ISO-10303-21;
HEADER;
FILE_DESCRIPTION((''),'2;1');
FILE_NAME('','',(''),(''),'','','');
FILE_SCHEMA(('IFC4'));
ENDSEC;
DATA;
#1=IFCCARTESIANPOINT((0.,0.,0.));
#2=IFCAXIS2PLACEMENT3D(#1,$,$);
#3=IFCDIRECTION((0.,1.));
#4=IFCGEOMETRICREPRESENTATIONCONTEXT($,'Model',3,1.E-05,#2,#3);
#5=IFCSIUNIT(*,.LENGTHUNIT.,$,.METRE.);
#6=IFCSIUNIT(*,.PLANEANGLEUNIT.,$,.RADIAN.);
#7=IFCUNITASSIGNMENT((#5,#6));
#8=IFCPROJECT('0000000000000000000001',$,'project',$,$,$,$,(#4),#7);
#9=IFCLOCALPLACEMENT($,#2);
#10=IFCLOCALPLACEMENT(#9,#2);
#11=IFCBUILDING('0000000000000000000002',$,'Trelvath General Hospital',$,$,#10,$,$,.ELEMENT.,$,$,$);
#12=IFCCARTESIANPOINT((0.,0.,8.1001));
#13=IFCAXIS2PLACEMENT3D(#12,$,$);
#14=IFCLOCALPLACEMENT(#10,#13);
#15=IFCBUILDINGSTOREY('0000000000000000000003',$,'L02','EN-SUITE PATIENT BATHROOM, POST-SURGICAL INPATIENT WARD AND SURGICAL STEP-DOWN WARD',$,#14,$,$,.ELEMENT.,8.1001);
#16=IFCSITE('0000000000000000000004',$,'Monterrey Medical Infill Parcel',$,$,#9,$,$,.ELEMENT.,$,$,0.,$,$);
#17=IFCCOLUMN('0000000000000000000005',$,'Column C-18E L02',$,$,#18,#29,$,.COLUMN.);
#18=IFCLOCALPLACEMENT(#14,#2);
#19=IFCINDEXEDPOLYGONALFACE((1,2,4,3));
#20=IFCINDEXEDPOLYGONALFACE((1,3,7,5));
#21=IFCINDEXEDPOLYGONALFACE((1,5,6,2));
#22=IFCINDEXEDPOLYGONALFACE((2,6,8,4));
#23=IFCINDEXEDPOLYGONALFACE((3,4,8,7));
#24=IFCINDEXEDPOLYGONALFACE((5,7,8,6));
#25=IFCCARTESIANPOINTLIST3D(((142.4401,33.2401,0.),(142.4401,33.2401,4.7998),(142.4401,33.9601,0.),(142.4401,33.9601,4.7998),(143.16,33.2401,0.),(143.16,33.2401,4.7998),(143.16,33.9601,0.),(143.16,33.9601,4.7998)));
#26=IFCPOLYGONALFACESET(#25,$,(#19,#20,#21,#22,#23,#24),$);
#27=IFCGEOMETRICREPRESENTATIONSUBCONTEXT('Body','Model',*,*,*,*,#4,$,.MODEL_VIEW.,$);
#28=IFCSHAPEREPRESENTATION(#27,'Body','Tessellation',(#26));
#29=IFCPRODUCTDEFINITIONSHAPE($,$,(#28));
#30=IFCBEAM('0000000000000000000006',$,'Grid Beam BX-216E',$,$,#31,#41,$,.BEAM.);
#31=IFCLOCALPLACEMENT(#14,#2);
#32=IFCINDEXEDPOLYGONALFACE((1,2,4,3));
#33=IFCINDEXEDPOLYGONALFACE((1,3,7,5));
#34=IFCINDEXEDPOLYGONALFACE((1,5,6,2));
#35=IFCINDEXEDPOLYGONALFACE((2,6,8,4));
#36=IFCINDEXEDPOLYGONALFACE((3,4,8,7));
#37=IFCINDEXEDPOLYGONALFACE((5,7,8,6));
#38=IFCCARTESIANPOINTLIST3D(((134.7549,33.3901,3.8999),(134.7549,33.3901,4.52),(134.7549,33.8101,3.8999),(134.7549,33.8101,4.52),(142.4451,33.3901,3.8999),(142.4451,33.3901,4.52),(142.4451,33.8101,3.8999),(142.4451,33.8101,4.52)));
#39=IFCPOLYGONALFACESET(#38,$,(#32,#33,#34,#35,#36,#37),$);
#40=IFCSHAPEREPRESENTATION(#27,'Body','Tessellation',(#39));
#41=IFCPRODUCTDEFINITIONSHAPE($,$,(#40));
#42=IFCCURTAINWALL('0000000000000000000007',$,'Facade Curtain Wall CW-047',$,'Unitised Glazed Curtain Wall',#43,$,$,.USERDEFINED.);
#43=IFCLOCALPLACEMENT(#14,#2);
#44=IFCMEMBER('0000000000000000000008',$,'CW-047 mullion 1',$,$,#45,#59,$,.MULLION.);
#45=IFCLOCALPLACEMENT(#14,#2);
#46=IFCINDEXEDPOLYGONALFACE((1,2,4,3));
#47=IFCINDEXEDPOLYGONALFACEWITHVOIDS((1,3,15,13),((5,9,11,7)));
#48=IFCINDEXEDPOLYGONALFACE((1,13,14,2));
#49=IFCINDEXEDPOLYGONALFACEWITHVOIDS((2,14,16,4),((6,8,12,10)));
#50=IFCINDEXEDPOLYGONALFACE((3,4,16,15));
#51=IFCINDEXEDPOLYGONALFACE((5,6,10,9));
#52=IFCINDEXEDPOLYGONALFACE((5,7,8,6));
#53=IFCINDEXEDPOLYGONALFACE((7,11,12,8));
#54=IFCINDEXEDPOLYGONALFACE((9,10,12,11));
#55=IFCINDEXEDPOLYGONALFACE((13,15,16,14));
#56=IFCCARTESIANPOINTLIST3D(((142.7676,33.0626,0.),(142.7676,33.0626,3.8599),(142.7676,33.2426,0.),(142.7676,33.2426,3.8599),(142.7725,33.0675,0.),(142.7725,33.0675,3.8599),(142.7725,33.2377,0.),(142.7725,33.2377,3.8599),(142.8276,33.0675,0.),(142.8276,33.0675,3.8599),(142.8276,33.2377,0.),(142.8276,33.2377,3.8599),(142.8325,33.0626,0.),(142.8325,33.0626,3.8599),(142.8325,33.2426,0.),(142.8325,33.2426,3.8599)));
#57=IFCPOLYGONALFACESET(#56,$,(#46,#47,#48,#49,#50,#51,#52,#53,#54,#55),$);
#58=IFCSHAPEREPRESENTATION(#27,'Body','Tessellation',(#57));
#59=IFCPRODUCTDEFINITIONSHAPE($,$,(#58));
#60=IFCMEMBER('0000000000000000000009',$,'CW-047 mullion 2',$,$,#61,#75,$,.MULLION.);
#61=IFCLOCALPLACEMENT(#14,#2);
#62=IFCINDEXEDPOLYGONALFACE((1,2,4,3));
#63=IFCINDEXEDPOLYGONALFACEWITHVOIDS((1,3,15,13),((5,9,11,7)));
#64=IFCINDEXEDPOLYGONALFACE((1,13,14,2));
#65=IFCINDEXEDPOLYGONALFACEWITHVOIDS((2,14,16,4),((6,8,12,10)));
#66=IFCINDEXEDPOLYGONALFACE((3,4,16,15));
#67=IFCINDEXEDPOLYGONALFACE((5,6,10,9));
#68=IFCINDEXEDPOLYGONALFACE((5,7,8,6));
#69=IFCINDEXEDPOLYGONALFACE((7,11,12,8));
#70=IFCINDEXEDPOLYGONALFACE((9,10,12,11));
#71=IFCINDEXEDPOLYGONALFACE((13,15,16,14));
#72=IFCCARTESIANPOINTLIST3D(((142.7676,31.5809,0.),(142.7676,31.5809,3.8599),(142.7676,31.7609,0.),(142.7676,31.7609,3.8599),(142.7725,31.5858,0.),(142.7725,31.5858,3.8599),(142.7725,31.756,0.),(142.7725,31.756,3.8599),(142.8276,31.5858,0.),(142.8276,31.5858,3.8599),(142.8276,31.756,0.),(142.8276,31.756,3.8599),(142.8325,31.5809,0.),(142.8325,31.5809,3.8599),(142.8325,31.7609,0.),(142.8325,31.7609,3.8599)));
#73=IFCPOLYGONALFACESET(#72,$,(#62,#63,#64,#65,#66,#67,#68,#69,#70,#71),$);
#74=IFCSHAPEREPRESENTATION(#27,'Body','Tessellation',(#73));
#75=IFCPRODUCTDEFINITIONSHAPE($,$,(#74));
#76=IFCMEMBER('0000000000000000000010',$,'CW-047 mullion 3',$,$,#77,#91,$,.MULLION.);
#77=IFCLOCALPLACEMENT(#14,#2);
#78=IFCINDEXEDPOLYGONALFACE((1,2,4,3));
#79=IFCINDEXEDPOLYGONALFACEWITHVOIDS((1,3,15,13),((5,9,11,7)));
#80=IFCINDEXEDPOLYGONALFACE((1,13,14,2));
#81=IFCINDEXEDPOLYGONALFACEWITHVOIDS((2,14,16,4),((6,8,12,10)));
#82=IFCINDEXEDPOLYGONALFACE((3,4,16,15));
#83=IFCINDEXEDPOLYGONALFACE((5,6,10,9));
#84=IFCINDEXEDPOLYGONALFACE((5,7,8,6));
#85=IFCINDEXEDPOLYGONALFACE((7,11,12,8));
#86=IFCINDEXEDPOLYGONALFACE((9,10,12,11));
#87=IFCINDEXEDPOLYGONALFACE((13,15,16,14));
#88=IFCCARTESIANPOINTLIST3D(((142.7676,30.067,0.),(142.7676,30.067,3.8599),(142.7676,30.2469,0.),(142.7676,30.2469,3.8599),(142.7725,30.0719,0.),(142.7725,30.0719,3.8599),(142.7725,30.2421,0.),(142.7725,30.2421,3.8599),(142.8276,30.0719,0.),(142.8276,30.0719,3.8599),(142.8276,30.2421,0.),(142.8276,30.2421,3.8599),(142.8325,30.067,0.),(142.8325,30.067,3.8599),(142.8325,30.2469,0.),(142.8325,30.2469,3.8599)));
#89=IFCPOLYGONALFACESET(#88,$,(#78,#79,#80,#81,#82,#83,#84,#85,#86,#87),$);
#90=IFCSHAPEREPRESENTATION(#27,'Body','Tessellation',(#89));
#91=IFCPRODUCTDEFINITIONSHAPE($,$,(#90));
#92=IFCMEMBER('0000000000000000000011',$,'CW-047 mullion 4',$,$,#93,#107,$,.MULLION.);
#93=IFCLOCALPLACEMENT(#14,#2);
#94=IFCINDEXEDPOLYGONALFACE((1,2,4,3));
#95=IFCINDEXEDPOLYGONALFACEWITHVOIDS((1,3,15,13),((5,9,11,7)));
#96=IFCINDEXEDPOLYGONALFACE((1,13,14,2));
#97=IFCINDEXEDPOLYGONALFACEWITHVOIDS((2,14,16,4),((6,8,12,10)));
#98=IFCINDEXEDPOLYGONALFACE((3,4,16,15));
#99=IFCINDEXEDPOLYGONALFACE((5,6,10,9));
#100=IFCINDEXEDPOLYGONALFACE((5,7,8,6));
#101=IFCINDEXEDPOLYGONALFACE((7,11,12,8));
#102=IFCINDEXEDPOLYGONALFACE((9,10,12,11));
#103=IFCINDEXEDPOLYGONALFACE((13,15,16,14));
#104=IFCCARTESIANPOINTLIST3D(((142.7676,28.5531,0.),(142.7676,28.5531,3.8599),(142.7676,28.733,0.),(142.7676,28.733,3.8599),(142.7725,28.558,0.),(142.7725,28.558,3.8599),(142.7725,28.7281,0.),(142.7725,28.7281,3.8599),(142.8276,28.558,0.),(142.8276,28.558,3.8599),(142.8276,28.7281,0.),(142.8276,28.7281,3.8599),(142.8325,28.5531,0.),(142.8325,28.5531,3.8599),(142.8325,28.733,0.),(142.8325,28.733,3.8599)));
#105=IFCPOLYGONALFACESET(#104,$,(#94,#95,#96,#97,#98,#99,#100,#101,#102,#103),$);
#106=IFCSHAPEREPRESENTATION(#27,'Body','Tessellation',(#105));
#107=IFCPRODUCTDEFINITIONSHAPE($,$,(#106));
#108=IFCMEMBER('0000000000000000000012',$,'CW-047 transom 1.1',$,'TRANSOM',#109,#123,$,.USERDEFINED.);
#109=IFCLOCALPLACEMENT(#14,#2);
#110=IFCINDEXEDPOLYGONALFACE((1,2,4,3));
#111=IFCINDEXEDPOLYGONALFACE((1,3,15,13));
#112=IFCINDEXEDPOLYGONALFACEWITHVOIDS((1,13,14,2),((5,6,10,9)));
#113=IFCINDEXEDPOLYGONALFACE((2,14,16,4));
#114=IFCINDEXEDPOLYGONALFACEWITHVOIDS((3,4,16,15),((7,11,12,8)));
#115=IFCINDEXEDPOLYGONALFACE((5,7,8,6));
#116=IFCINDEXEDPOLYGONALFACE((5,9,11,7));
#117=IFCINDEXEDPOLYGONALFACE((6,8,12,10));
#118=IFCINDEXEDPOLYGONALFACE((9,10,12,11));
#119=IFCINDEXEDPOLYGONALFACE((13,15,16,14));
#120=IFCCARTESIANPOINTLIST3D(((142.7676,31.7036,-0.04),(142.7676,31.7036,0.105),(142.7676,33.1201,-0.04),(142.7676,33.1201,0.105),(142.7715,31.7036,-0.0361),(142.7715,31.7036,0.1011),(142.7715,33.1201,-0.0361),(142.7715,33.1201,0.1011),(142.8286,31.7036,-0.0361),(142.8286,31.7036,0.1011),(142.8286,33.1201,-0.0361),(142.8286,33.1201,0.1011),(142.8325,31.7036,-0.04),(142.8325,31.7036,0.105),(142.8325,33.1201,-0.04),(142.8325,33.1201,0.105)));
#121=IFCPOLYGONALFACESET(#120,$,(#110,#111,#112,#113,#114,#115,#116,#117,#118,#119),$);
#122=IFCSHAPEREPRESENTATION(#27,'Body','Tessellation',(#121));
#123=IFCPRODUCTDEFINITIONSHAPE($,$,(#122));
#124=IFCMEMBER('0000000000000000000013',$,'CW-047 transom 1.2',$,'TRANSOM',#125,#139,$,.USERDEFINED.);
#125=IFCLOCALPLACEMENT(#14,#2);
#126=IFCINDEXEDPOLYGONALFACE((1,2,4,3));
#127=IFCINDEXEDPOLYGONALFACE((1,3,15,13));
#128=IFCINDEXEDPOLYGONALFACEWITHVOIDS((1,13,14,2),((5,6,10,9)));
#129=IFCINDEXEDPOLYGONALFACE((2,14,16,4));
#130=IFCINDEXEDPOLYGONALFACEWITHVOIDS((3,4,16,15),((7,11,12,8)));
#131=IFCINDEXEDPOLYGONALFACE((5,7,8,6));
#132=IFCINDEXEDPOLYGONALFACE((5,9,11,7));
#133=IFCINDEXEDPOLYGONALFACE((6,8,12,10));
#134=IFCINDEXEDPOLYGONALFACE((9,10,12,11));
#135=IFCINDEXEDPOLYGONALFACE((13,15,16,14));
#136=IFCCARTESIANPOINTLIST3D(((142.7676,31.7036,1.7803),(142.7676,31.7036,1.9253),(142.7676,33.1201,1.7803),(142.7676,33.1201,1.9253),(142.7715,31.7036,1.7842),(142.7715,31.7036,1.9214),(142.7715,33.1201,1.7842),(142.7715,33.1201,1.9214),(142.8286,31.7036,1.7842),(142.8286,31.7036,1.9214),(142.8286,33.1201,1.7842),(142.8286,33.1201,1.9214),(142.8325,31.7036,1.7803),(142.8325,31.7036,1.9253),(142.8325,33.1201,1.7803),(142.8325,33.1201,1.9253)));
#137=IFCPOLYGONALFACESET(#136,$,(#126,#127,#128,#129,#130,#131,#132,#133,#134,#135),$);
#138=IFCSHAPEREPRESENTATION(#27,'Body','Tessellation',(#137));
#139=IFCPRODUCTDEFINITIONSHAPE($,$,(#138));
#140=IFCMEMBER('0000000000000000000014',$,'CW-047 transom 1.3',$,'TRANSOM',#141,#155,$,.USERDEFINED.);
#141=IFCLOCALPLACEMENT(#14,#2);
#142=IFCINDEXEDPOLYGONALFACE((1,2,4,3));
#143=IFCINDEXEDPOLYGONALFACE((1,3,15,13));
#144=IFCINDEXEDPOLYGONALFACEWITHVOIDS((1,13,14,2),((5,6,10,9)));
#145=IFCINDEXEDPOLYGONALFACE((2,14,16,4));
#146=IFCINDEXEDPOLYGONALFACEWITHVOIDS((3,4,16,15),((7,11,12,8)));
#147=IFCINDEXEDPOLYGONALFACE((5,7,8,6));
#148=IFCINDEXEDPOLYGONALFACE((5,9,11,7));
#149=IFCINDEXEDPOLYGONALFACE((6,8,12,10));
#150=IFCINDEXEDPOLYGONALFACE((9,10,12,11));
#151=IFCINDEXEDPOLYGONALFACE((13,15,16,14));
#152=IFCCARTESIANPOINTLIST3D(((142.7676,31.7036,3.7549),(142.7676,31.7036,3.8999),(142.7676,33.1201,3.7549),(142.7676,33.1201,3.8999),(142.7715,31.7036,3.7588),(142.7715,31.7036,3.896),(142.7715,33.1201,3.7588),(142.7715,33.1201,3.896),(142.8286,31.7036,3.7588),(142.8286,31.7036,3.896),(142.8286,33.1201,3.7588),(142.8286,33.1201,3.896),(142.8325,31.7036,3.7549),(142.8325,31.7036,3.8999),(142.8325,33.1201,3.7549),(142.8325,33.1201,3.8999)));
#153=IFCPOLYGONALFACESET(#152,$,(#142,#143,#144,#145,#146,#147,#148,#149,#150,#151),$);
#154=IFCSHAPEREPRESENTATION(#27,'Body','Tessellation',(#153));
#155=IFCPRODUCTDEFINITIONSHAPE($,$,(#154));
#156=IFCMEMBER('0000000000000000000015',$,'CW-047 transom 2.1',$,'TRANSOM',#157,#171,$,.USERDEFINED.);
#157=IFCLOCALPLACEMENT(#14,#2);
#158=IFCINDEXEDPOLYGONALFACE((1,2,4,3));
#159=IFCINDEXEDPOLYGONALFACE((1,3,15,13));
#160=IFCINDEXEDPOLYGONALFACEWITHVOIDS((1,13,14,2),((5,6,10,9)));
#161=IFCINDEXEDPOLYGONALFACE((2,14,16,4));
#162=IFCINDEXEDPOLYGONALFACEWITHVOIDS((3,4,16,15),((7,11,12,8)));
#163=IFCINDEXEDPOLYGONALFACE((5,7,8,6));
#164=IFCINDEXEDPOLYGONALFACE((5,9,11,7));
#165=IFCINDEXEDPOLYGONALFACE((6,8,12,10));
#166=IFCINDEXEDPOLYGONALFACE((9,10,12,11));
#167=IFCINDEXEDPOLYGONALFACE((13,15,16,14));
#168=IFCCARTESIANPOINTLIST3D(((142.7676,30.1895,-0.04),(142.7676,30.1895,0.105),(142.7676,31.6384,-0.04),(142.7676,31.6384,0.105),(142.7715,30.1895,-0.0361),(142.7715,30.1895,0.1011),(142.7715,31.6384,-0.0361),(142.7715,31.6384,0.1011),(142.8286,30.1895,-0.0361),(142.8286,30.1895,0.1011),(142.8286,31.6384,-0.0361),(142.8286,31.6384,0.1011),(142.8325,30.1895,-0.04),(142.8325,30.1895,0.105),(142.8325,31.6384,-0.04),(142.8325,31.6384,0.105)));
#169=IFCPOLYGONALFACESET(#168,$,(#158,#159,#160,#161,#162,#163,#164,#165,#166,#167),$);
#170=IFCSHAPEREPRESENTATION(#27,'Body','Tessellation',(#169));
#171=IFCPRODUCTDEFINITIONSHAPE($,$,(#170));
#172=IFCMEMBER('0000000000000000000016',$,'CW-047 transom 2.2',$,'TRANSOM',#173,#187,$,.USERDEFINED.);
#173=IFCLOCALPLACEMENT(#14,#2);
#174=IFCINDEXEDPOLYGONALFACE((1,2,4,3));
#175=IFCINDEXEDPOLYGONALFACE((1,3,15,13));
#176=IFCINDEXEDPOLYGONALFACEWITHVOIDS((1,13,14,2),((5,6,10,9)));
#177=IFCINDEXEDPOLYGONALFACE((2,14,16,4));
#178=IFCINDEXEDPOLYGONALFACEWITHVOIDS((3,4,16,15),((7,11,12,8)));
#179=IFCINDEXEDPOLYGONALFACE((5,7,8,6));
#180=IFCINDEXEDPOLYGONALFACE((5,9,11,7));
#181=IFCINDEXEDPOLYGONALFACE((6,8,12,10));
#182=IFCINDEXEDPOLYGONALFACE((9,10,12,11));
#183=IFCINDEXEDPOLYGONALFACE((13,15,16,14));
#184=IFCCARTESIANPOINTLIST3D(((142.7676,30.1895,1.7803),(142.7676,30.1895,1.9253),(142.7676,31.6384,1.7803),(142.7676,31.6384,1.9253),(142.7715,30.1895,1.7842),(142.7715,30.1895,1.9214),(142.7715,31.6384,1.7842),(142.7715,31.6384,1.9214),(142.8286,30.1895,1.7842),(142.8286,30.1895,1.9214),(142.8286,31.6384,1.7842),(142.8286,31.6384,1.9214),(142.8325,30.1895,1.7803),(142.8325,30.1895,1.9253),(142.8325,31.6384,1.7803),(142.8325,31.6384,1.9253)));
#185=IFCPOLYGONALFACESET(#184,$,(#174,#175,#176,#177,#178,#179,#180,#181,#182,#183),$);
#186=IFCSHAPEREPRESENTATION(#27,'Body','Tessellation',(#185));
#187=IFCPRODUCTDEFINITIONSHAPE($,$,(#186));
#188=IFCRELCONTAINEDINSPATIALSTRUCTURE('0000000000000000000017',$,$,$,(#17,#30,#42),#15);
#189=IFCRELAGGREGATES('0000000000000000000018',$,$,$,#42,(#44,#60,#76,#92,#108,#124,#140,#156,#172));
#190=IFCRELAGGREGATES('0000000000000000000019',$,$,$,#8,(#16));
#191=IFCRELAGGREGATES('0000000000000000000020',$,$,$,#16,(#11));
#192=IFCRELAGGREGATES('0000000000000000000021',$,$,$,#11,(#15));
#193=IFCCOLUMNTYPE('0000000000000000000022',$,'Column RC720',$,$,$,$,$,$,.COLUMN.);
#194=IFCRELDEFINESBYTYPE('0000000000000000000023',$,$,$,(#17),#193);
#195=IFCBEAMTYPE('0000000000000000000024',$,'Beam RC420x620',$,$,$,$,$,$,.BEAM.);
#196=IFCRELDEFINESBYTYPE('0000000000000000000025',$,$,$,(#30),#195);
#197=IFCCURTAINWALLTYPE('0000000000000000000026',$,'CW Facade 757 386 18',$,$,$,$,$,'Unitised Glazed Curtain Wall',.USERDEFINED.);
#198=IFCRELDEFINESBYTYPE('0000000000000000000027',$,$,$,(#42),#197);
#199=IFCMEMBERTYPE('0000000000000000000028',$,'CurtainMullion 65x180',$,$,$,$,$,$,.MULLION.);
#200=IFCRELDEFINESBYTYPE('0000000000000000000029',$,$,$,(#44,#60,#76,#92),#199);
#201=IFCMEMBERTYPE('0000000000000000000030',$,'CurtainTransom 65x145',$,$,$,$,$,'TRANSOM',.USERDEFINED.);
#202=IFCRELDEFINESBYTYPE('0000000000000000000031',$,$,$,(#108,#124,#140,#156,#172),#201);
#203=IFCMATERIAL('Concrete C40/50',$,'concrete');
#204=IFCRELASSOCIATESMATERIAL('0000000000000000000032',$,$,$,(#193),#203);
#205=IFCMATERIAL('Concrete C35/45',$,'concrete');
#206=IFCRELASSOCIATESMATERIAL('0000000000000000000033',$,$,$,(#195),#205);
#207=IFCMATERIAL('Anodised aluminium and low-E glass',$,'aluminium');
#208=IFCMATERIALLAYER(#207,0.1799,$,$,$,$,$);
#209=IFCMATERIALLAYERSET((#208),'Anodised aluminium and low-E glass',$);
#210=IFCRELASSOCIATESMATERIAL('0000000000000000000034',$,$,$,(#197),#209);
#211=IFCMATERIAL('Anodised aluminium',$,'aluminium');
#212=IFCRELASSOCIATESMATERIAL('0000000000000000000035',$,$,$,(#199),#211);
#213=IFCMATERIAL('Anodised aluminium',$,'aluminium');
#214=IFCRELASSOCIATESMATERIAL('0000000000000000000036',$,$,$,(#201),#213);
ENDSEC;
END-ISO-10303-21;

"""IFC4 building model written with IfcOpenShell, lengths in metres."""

from ifc_helpers import new_model, si_unit, direction, frame, origin, origin_2d, place, context, subcontext, project, spatial, rectangle, hollow_rectangle, extrude, material, layer, layer_set, material_profile, profile_set, type_object, element, aggregate, save


model = new_model("IFC4")

# Units and contexts
model_context = context("Model", 3, precision=1e-05, world=origin(), true_north=direction((0.0, 1.0)))
body_context = subcontext(model_context, "Body", "Model", "MODEL_VIEW")
ifc_project = project(units=[si_unit("LENGTHUNIT", "METRE"), si_unit("PLANEANGLEUNIT", "RADIAN")], contexts=[model_context])

# Site, building, storey
site_placement = place(None, origin())
site = spatial("IfcSite", under=ifc_project, at=site_placement, Name="Monterrey Medical Infill Parcel", CompositionType="ELEMENT", RefElevation=0.0)
building_placement = place(site_placement, origin())
building = spatial("IfcBuilding", under=site, at=building_placement, Name="Trelvath General Hospital", CompositionType="ELEMENT")
storey_placement = place(building_placement, frame((0.0, 0.0, 8.1001)))
storey = spatial("IfcBuildingStorey", under=building, at=storey_placement, Name="L02", Description="EN-SUITE PATIENT BATHROOM, POST-SURGICAL INPATIENT WARD AND SURGICAL STEP-DOWN WARD", CompositionType="ELEMENT", Elevation=8.1001)

# Column
ifc_material_1 = material(Name="Concrete C40/50", Category="concrete")
ifc_material_profile_1 = material_profile(ifc_material_1, rectangle(XDim=0.72, YDim=0.72, at=origin_2d()), Name="RC720x720")
ifc_profile_set_1 = profile_set([ifc_material_profile_1], Name="Concrete C40/50")
column_type = type_object("IfcColumnType", Name="Column RC720", PredefinedType="COLUMN", material=ifc_profile_set_1)
column_placement = place(storey_placement, frame((142.8, 33.6001, 0.0), z_axis=(0.0, 0.0, 1.0), x_axis=(1.0, 0.0, 0.0)))
element("IfcColumn", 1, at=column_placement, inside=storey, type_object=column_type, Name="Column C-18E L02", PredefinedType="COLUMN", context=body_context, shape_type="SweptSolid", body=[
    extrude(rectangle(XDim=0.72, YDim=0.72, at=origin_2d()), origin(), (0.0, 0.0, 1.0), 4.7998),
])

# Beam
ifc_material_2 = material(Name="Concrete C35/45", Category="concrete")
ifc_material_profile_2 = material_profile(ifc_material_2, rectangle(XDim=0.4199, YDim=0.6201, at=origin_2d()), Name="RCB420x620")
ifc_profile_set_2 = profile_set([ifc_material_profile_2], Name="Concrete C35/45")
beam_type = type_object("IfcBeamType", Name="Beam RC420x620", PredefinedType="BEAM", material=ifc_profile_set_2)
beam_placement = place(storey_placement, frame((134.7549, 33.6001, 4.21), z_axis=(1.0, 0.0, 0.0), x_axis=(0.0, 1.0, 0.0)))
element("IfcBeam", 2, at=beam_placement, inside=storey, type_object=beam_type, Name="Grid Beam BX-216E", PredefinedType="BEAM", context=body_context, shape_type="SweptSolid", body=[
    extrude(rectangle(XDim=0.4199, YDim=0.6201, at=origin_2d()), origin(), (0.0, 0.0, 1.0), 7.6902),
])

# Curtain wall, members
ifc_material_3 = material(Name="Anodised aluminium and low-E glass", Category="aluminium")
ifc_layer_1 = layer(ifc_material_3, 0.1799)
ifc_layer_set_1 = layer_set([ifc_layer_1], Name="Anodised aluminium and low-E glass")
curtain_wall_type = type_object("IfcCurtainWallType", Name="CW Facade 757 386 18", ElementType="Unitised Glazed Curtain Wall", PredefinedType="USERDEFINED", material=ifc_layer_set_1)
curtain_wall_placement = place(storey_placement, origin())
curtain_wall = element("IfcCurtainWall", 3, at=curtain_wall_placement, inside=storey, type_object=curtain_wall_type, Name="Facade Curtain Wall CW-047", ObjectType="Unitised Glazed Curtain Wall", PredefinedType="USERDEFINED")
ifc_material_4 = material(Name="Anodised aluminium", Category="aluminium")
ifc_material_profile_3 = material_profile(ifc_material_4, hollow_rectangle(XDim=0.0649, YDim=0.1799, WallThickness=0.0049, at=origin_2d()), Name="RHS65x180x5")
ifc_profile_set_3 = profile_set([ifc_material_profile_3], Name="Anodised aluminium")
member_type_1 = type_object("IfcMemberType", Name="CurtainMullion 65x180", PredefinedType="MULLION", material=ifc_profile_set_3)
member_1_placement = place(storey_placement, frame((142.8, 33.1526, 0.0), z_axis=(0.0, 0.0, 1.0), x_axis=(1.0, 0.0, 0.0)))
member_1 = element("IfcMember", 4, at=member_1_placement, type_object=member_type_1, Name="CW-047 mullion 1", PredefinedType="MULLION", context=body_context, shape_type="SweptSolid", body=[
    extrude(hollow_rectangle(XDim=0.0649, YDim=0.1799, WallThickness=0.0049, at=origin_2d()), origin(), (0.0, 0.0, 1.0), 3.8599),
])
member_2_placement = place(storey_placement, frame((142.8, 31.6709, 0.0), z_axis=(0.0, 0.0, 1.0), x_axis=(1.0, 0.0, 0.0)))
member_2 = element("IfcMember", 5, at=member_2_placement, type_object=member_type_1, Name="CW-047 mullion 2", PredefinedType="MULLION", context=body_context, shape_type="SweptSolid", body=[
    extrude(hollow_rectangle(XDim=0.0649, YDim=0.1799, WallThickness=0.0049, at=origin_2d()), origin(), (0.0, 0.0, 1.0), 3.8599),
])
member_3_placement = place(storey_placement, frame((142.8, 30.157, 0.0), z_axis=(0.0, 0.0, 1.0), x_axis=(1.0, 0.0, 0.0)))
member_3 = element("IfcMember", 6, at=member_3_placement, type_object=member_type_1, Name="CW-047 mullion 3", PredefinedType="MULLION", context=body_context, shape_type="SweptSolid", body=[
    extrude(hollow_rectangle(XDim=0.0649, YDim=0.1799, WallThickness=0.0049, at=origin_2d()), origin(), (0.0, 0.0, 1.0), 3.8599),
])
member_4_placement = place(storey_placement, frame((142.8, 28.6431, 0.0), z_axis=(0.0, 0.0, 1.0), x_axis=(1.0, 0.0, 0.0)))
member_4 = element("IfcMember", 7, at=member_4_placement, type_object=member_type_1, Name="CW-047 mullion 4", PredefinedType="MULLION", context=body_context, shape_type="SweptSolid", body=[
    extrude(hollow_rectangle(XDim=0.0649, YDim=0.1799, WallThickness=0.0049, at=origin_2d()), origin(), (0.0, 0.0, 1.0), 3.8599),
])
ifc_material_5 = material(Name="Anodised aluminium", Category="aluminium")
ifc_material_profile_4 = material_profile(ifc_material_5, hollow_rectangle(XDim=0.0649, YDim=0.145, WallThickness=0.0039, at=origin_2d()), Name="RHS65x145x4")
ifc_profile_set_4 = profile_set([ifc_material_profile_4], Name="Anodised aluminium")
member_type_2 = type_object("IfcMemberType", Name="CurtainTransom 65x145", ElementType="TRANSOM", PredefinedType="USERDEFINED", material=ifc_profile_set_4)
member_5_placement = place(storey_placement, frame((142.8, 33.1201, 0.0325), z_axis=(0.0, -1.0, 0.0), x_axis=(1.0, 0.0, 0.0)))
member_5 = element("IfcMember", 8, at=member_5_placement, type_object=member_type_2, Name="CW-047 transom 1.1", ObjectType="TRANSOM", PredefinedType="USERDEFINED", context=body_context, shape_type="SweptSolid", body=[
    extrude(hollow_rectangle(XDim=0.0649, YDim=0.145, WallThickness=0.0039, at=origin_2d()), origin(), (0.0, 0.0, 1.0), 1.4165),
])
member_6_placement = place(storey_placement, frame((142.8, 33.1201, 1.8528), z_axis=(0.0, -1.0, 0.0), x_axis=(1.0, 0.0, 0.0)))
member_6 = element("IfcMember", 9, at=member_6_placement, type_object=member_type_2, Name="CW-047 transom 1.2", ObjectType="TRANSOM", PredefinedType="USERDEFINED", context=body_context, shape_type="SweptSolid", body=[
    extrude(hollow_rectangle(XDim=0.0649, YDim=0.145, WallThickness=0.0039, at=origin_2d()), origin(), (0.0, 0.0, 1.0), 1.4165),
])
member_7_placement = place(storey_placement, frame((142.8, 33.1201, 3.8274), z_axis=(0.0, -1.0, 0.0), x_axis=(1.0, 0.0, 0.0)))
member_7 = element("IfcMember", 10, at=member_7_placement, type_object=member_type_2, Name="CW-047 transom 1.3", ObjectType="TRANSOM", PredefinedType="USERDEFINED", context=body_context, shape_type="SweptSolid", body=[
    extrude(hollow_rectangle(XDim=0.0649, YDim=0.145, WallThickness=0.0039, at=origin_2d()), origin(), (0.0, 0.0, 1.0), 1.4165),
])
member_8_placement = place(storey_placement, frame((142.8, 31.6384, 0.0325), z_axis=(0.0, -1.0, 0.0), x_axis=(1.0, 0.0, 0.0)))
member_8 = element("IfcMember", 11, at=member_8_placement, type_object=member_type_2, Name="CW-047 transom 2.1", ObjectType="TRANSOM", PredefinedType="USERDEFINED", context=body_context, shape_type="SweptSolid", body=[
    extrude(hollow_rectangle(XDim=0.0649, YDim=0.145, WallThickness=0.0039, at=origin_2d()), origin(), (0.0, 0.0, 1.0), 1.449),
])
member_9_placement = place(storey_placement, frame((142.8, 31.6384, 1.8528), z_axis=(0.0, -1.0, 0.0), x_axis=(1.0, 0.0, 0.0)))
member_9 = element("IfcMember", 12, at=member_9_placement, type_object=member_type_2, Name="CW-047 transom 2.2", ObjectType="TRANSOM", PredefinedType="USERDEFINED", context=body_context, shape_type="SweptSolid", body=[
    extrude(hollow_rectangle(XDim=0.0649, YDim=0.145, WallThickness=0.0039, at=origin_2d()), origin(), (0.0, 0.0, 1.0), 1.449),
])
aggregate(curtain_wall, [member_1, member_2, member_3, member_4, member_5, member_6, member_7, member_8, member_9])

save(model, "model.ifc")
